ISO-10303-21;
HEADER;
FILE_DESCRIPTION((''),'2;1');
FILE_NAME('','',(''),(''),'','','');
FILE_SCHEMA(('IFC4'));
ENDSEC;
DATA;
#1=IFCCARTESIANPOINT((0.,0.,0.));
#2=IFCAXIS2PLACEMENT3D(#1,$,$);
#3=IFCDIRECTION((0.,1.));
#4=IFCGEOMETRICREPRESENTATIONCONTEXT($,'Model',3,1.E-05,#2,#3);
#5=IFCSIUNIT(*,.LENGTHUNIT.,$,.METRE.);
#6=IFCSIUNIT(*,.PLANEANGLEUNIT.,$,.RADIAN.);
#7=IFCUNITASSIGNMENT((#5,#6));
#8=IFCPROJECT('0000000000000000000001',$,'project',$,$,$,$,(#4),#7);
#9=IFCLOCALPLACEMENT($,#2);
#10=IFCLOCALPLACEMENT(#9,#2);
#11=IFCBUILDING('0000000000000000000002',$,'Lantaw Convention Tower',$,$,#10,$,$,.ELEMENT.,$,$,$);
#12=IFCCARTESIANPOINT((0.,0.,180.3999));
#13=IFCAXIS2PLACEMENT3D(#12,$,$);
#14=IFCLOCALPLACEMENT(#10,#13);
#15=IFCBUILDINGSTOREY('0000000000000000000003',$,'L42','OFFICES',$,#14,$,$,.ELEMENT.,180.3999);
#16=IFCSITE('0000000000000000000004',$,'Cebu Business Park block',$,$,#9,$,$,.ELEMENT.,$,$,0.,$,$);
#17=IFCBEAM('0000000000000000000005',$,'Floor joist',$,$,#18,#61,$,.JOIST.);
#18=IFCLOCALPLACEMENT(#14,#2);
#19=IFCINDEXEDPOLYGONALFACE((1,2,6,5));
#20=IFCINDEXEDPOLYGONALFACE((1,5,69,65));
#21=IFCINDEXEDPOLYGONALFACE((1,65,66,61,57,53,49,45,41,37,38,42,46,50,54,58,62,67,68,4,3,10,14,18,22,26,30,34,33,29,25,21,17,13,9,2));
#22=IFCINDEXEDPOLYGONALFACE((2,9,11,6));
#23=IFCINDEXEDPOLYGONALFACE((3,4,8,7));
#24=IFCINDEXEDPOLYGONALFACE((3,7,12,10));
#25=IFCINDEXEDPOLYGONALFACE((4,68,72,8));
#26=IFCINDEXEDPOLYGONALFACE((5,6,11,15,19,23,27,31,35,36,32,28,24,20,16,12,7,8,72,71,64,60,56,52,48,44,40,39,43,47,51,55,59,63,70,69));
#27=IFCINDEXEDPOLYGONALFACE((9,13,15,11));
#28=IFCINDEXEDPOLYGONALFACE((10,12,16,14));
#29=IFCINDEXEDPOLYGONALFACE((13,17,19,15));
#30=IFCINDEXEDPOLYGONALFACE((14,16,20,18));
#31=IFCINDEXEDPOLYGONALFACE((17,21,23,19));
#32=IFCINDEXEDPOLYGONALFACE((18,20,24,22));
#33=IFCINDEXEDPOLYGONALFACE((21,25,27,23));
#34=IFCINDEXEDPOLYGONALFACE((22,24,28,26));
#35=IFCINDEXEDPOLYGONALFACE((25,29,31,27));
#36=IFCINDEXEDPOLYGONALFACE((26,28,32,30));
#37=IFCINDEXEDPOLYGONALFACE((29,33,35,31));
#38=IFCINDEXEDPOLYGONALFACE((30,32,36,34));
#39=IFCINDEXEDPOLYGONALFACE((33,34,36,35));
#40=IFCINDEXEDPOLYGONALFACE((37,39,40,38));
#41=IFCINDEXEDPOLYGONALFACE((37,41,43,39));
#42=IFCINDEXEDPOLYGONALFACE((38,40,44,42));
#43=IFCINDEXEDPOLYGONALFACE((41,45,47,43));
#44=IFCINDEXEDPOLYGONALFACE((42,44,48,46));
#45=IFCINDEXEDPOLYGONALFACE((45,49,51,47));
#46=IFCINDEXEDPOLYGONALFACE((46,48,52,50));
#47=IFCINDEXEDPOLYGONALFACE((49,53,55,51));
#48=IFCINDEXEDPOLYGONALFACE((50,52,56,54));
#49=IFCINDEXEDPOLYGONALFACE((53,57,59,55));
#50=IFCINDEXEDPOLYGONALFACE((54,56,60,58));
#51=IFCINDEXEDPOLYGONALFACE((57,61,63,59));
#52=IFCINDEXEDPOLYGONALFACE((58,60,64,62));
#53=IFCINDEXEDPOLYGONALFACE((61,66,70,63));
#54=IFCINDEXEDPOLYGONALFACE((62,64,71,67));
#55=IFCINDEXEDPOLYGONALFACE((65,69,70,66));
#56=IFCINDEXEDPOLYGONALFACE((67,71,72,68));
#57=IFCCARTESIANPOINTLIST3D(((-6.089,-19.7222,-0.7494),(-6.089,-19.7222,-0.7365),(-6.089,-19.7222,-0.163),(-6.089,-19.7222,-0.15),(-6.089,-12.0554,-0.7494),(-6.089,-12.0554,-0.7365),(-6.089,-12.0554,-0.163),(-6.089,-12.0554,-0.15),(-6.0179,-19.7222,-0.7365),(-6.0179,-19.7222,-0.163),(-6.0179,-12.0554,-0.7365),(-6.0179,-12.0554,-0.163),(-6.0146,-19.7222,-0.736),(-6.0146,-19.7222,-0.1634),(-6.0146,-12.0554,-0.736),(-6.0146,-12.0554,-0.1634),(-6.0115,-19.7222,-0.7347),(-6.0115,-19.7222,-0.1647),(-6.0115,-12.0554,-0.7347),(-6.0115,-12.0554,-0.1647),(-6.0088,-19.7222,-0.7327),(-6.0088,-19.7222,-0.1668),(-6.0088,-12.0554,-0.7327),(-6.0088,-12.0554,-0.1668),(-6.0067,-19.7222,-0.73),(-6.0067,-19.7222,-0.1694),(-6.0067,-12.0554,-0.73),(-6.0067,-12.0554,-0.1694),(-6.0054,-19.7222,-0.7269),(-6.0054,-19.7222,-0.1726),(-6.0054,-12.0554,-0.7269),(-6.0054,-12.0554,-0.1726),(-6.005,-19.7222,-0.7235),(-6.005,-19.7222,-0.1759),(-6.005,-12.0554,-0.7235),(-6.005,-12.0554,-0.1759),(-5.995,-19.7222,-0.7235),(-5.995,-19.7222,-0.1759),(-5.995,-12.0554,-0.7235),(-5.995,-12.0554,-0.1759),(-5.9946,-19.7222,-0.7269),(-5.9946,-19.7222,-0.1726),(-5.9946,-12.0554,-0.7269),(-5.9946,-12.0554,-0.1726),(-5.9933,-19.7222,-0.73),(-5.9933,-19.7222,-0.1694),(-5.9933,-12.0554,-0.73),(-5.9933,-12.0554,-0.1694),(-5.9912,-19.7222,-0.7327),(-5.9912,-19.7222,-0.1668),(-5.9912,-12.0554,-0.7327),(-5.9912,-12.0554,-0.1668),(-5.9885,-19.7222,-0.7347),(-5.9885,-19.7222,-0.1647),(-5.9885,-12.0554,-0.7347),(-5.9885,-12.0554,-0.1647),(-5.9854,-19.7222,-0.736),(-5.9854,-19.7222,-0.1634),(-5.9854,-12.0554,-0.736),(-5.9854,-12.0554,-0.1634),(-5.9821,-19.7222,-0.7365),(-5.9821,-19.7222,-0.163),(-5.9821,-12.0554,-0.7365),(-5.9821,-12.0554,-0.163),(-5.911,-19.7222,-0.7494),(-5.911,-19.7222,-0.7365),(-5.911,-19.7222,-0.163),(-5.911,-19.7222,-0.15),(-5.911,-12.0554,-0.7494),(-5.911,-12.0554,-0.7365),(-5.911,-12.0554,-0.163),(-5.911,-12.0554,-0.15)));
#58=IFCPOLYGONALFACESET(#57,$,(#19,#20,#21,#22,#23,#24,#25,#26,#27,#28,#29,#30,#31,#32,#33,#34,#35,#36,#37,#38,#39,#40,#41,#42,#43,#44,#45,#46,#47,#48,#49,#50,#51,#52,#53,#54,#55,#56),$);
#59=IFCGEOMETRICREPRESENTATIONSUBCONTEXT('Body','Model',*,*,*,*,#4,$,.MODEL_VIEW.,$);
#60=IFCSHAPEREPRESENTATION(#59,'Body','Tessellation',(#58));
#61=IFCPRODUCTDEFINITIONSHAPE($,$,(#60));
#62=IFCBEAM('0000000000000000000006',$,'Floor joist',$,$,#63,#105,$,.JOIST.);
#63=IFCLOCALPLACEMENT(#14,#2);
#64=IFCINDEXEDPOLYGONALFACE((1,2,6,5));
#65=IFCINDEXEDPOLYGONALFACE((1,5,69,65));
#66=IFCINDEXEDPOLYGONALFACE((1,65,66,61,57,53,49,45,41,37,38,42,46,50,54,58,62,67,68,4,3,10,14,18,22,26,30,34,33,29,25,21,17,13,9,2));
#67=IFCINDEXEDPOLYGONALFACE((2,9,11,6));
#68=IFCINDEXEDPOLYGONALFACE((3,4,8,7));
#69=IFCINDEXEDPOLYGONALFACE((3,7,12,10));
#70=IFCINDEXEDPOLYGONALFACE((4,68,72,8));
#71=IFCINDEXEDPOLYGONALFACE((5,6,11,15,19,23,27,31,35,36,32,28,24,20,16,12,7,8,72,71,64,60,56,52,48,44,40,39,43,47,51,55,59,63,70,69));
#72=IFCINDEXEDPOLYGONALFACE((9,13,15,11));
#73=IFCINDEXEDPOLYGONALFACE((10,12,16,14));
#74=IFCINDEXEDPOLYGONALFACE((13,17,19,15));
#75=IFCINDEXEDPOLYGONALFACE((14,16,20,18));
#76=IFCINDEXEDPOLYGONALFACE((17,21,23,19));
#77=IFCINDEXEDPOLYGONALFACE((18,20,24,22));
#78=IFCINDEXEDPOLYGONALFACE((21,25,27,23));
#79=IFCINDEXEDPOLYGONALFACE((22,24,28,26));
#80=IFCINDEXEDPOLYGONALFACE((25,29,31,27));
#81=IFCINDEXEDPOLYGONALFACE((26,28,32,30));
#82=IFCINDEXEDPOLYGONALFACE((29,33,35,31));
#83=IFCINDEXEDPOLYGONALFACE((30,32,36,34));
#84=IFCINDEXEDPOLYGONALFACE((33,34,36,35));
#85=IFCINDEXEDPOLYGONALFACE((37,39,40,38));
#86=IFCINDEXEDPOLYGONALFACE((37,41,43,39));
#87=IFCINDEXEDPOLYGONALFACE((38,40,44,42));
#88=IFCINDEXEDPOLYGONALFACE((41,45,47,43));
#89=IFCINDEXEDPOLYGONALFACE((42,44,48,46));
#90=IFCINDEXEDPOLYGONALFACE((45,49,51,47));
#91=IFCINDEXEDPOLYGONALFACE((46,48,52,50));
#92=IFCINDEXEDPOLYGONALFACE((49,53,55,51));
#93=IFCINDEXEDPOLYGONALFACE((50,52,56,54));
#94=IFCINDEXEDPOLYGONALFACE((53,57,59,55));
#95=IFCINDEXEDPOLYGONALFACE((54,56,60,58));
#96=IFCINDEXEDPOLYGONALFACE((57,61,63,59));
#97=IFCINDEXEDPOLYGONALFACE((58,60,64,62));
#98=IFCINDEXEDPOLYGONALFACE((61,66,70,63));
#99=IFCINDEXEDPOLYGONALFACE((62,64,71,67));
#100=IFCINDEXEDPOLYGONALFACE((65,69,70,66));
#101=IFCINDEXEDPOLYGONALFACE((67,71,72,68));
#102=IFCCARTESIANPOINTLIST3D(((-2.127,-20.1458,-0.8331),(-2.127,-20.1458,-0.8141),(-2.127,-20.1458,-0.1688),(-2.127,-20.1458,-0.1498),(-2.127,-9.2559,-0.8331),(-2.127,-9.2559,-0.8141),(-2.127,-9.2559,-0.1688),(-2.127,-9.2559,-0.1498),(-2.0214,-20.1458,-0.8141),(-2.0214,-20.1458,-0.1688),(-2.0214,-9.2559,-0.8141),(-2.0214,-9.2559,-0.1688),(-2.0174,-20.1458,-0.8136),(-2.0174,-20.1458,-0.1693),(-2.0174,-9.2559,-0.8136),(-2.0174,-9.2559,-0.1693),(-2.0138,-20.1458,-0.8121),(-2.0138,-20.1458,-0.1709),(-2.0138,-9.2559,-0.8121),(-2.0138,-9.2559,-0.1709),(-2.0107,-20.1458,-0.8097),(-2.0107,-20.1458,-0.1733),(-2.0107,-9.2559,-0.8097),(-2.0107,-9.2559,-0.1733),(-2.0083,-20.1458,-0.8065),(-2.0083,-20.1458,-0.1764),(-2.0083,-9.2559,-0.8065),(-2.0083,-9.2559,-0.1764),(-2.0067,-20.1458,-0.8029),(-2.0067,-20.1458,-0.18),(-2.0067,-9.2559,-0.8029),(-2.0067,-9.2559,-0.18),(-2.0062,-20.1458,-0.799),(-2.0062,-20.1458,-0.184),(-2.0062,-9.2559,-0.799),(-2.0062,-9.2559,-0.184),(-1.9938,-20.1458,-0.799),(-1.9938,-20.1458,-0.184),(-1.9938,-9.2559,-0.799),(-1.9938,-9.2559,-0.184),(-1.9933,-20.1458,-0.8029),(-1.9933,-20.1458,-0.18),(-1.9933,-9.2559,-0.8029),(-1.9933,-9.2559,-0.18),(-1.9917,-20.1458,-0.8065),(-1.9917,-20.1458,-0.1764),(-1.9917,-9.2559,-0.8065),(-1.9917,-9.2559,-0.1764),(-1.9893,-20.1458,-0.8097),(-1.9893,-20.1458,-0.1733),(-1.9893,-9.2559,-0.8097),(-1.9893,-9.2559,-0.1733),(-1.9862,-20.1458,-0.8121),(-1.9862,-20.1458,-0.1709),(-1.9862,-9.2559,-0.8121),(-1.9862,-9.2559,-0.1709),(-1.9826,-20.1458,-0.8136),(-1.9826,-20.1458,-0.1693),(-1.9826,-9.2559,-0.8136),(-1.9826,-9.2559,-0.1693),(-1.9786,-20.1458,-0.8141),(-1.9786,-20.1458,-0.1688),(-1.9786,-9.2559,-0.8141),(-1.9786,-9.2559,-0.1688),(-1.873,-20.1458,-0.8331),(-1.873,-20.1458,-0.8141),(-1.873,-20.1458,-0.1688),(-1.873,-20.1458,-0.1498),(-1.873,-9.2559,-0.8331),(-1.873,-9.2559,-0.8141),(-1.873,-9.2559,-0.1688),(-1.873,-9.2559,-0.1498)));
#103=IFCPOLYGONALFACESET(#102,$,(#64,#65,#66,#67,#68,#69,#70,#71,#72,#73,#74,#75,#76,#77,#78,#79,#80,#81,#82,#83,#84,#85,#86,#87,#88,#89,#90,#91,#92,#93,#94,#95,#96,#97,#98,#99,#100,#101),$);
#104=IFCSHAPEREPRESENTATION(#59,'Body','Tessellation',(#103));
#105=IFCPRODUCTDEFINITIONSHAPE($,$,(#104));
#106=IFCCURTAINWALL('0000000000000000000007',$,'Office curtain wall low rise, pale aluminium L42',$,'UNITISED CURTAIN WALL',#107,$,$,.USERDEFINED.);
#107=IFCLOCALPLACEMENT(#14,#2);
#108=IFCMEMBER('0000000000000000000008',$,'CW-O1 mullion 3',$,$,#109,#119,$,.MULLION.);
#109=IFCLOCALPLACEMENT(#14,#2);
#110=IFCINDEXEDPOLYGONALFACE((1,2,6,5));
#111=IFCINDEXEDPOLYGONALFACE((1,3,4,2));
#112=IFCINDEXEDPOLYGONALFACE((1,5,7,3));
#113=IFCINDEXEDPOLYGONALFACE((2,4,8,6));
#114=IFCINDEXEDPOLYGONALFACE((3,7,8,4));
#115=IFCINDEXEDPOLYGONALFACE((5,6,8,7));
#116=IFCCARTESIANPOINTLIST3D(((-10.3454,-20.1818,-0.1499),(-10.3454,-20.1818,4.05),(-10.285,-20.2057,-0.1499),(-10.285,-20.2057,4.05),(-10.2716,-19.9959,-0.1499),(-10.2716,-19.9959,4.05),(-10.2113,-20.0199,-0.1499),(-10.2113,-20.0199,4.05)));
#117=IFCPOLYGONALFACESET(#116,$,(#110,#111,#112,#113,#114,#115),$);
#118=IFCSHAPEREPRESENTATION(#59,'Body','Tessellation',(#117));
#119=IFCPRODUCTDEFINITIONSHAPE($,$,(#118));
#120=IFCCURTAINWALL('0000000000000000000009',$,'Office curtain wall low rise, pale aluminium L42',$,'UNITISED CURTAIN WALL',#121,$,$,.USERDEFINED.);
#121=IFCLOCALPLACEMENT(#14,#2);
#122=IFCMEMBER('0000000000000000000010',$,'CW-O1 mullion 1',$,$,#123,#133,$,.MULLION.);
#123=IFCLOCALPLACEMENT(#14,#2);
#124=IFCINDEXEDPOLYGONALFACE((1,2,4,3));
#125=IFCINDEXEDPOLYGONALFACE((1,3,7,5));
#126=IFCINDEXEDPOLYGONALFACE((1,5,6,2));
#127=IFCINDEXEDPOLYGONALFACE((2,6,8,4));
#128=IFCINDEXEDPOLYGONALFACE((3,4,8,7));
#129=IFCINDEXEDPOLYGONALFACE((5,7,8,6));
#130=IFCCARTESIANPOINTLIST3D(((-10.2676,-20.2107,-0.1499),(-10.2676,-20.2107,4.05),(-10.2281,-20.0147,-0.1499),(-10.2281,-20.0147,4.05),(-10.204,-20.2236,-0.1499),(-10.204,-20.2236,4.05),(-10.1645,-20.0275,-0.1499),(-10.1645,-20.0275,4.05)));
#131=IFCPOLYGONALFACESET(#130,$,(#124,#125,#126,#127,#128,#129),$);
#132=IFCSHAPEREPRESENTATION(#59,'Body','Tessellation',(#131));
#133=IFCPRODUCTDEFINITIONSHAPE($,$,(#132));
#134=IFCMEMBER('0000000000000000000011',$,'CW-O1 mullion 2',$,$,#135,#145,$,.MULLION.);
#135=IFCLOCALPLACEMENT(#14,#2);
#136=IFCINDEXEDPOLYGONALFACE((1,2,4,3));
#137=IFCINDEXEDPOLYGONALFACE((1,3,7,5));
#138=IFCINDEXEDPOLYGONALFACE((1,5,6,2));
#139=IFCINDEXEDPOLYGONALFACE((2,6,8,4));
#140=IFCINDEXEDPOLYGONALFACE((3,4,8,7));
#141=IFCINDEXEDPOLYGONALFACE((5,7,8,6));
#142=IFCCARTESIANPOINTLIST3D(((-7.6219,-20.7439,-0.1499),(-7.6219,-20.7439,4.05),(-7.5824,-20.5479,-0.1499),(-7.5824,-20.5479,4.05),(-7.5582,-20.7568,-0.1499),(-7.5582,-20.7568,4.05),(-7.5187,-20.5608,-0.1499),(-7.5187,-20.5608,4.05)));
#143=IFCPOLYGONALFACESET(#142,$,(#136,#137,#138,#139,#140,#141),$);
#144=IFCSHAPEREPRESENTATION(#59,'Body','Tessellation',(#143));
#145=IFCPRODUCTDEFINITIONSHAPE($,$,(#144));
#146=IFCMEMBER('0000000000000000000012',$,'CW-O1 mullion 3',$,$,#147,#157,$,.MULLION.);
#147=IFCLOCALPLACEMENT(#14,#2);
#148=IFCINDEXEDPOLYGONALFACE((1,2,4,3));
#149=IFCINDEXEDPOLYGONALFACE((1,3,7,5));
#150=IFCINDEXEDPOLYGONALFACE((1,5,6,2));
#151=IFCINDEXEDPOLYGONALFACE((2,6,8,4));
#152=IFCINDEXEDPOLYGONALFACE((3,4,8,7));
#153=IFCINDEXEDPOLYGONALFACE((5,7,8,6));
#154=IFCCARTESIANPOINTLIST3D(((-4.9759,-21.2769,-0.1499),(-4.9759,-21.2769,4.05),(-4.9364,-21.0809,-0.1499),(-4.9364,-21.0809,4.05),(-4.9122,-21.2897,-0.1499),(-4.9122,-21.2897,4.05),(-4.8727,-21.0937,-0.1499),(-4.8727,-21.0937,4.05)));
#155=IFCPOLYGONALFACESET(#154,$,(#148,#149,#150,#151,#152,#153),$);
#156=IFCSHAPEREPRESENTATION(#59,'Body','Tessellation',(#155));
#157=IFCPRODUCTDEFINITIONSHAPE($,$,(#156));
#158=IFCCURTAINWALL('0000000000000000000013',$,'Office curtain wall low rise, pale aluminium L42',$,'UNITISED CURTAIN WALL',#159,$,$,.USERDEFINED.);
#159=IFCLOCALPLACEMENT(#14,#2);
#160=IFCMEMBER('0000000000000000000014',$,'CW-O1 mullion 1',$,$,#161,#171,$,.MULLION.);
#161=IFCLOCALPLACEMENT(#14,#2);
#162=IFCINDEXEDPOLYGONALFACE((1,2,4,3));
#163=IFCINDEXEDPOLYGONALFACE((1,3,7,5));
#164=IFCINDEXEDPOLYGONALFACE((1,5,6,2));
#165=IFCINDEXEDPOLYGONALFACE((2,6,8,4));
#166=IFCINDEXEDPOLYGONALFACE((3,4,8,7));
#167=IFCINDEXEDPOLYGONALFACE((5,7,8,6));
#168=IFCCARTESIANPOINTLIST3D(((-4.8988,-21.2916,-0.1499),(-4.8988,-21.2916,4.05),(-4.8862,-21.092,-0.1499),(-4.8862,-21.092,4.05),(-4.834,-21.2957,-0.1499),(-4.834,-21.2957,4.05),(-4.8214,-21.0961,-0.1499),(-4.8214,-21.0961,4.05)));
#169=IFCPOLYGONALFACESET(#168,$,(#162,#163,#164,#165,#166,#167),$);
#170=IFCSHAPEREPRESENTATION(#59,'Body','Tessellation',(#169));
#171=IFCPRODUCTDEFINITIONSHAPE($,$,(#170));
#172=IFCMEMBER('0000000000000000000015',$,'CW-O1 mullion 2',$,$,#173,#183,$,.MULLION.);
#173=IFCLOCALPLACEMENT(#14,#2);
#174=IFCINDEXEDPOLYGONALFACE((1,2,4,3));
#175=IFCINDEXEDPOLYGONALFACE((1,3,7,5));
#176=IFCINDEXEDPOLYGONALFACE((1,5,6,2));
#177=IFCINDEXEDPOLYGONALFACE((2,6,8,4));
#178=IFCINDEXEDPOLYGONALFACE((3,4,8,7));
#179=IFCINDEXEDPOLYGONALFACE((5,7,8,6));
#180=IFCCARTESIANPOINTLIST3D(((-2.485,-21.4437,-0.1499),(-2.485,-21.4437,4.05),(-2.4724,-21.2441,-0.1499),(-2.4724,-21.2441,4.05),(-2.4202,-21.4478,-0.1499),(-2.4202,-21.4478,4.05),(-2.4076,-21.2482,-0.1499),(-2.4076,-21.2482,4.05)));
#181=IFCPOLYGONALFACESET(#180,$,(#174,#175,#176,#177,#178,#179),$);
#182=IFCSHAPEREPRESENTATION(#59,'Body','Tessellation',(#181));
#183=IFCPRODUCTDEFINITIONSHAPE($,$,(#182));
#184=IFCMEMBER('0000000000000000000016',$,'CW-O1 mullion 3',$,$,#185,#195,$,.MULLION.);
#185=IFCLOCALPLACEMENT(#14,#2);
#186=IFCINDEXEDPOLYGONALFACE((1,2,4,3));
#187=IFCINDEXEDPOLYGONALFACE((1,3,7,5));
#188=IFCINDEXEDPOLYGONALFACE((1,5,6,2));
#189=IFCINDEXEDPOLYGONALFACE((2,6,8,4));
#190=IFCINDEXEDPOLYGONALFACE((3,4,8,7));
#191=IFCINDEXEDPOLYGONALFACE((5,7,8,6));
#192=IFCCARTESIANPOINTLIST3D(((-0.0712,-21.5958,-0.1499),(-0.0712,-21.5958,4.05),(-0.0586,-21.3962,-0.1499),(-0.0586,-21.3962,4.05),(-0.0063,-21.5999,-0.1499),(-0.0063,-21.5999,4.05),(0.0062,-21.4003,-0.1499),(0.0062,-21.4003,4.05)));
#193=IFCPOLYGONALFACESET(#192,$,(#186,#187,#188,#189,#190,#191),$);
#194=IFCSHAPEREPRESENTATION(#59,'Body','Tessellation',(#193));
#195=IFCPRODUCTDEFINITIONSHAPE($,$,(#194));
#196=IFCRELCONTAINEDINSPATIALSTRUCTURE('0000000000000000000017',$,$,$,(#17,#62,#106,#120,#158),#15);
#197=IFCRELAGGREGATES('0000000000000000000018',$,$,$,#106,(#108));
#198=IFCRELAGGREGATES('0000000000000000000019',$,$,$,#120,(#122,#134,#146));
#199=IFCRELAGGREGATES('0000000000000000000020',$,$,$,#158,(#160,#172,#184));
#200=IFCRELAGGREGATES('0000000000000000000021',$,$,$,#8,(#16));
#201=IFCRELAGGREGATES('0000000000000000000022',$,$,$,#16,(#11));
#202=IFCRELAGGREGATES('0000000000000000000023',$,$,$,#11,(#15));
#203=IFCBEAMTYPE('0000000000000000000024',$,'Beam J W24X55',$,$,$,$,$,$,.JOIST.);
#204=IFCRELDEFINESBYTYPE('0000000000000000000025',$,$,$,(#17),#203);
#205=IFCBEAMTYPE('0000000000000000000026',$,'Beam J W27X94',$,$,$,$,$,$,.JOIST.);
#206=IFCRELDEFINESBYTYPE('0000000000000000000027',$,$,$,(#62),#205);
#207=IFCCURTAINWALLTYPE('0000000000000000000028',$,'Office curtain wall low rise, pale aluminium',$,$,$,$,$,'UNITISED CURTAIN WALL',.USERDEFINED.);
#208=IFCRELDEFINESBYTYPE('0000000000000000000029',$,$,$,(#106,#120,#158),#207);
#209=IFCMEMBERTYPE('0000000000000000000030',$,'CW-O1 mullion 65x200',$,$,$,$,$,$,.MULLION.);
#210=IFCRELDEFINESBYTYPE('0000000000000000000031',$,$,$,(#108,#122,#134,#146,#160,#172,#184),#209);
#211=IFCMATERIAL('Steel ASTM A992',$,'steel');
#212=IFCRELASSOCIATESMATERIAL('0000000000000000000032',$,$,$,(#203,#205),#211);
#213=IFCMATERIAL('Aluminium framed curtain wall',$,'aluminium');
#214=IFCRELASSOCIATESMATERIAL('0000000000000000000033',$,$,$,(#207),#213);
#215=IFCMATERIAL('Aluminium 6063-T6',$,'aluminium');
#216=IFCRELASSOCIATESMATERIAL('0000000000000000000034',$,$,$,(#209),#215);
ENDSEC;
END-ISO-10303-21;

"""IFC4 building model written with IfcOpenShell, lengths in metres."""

from ifc_helpers import new_model, si_unit, direction, frame, origin, origin_2d, place, context, subcontext, project, spatial, rectangle, i_section, extrude, material, material_profile, profile_set, type_object, element, aggregate, save


model = new_model("IFC4")

# Units and contexts
model_context = context("Model", 3, precision=1e-05, world=origin(), true_north=direction((0.0, 1.0)))
body_context = subcontext(model_context, "Body", "Model", "MODEL_VIEW")
ifc_project = project(units=[si_unit("LENGTHUNIT", "METRE"), si_unit("PLANEANGLEUNIT", "RADIAN")], contexts=[model_context])

# Site, building, storey
site_placement = place(None, origin())
site = spatial("IfcSite", under=ifc_project, at=site_placement, Name="Cebu Business Park block", CompositionType="ELEMENT", RefElevation=0.0)
building_placement = place(site_placement, origin())
building = spatial("IfcBuilding", under=site, at=building_placement, Name="Lantaw Convention Tower", CompositionType="ELEMENT")
storey_placement = place(building_placement, frame((0.0, 0.0, 180.3999)))
storey = spatial("IfcBuildingStorey", under=building, at=storey_placement, Name="L42", Description="OFFICES", CompositionType="ELEMENT", Elevation=180.3999)

# Beams
ifc_material_1 = material(Name="Steel ASTM A992", Category="steel")
ifc_material_profile_1 = material_profile(ifc_material_1, i_section(OverallWidth=0.178, OverallDepth=0.5994, WebThickness=0.01, FlangeThickness=0.0129, FilletRadius=0.0129, at=origin_2d()), Name="W24X55")
ifc_profile_set_1 = profile_set([ifc_material_profile_1], Name="Steel ASTM A992")
beam_type_1 = type_object("IfcBeamType", Name="Beam J W24X55", PredefinedType="JOIST", material=ifc_profile_set_1)
beam_1_placement = place(storey_placement, frame((-6.0, -19.7222, -0.4497), z_axis=(0.0, 1.0, 0.0), x_axis=(-1.0, 0.0, 0.0)))
element("IfcBeam", 1, at=beam_1_placement, inside=storey, type_object=beam_type_1, Name="Floor joist", PredefinedType="JOIST", context=body_context, shape_type="SweptSolid", body=[
    extrude(i_section(OverallWidth=0.178, OverallDepth=0.5994, WebThickness=0.01, FlangeThickness=0.0129, FilletRadius=0.0129, at=origin_2d()), origin(), (0.0, 0.0, 1.0), 7.6667),
])
ifc_material_profile_2 = material_profile(ifc_material_1, i_section(OverallWidth=0.2539, OverallDepth=0.6833, WebThickness=0.0125, FlangeThickness=0.019, FilletRadius=0.0151, at=origin_2d()), Name="W27X94")
ifc_profile_set_2 = profile_set([ifc_material_profile_2], Name="Steel ASTM A992")
beam_type_2 = type_object("IfcBeamType", Name="Beam J W27X94", PredefinedType="JOIST", material=ifc_profile_set_2)
beam_2_placement = place(storey_placement, frame((-2.0, -20.1458, -0.4915), z_axis=(0.0, 1.0, 0.0), x_axis=(-1.0, 0.0, 0.0)))
element("IfcBeam", 2, at=beam_2_placement, inside=storey, type_object=beam_type_2, Name="Floor joist", PredefinedType="JOIST", context=body_context, shape_type="SweptSolid", body=[
    extrude(i_section(OverallWidth=0.2539, OverallDepth=0.6833, WebThickness=0.0125, FlangeThickness=0.019, FilletRadius=0.0151, at=origin_2d()), origin(), (0.0, 0.0, 1.0), 10.8899),
])

# Curtain wall, member
ifc_material_2 = material(Name="Aluminium framed curtain wall", Category="aluminium")
curtain_wall_type = type_object("IfcCurtainWallType", Name="Office curtain wall low rise, pale aluminium", ElementType="UNITISED CURTAIN WALL", PredefinedType="USERDEFINED", material=ifc_material_2)
curtain_wall_1_placement = place(storey_placement, origin())
curtain_wall_1 = element("IfcCurtainWall", 3, at=curtain_wall_1_placement, inside=storey, type_object=curtain_wall_type, Name="Office curtain wall low rise, pale aluminium L42", ObjectType="UNITISED CURTAIN WALL", PredefinedType="USERDEFINED")
ifc_material_3 = material(Name="Aluminium 6063-T6", Category="aluminium")
ifc_material_profile_3 = material_profile(ifc_material_3, rectangle(XDim=0.2, YDim=0.0649, at=origin_2d()), Name="CW-O1 mullion 65x200")
ifc_profile_set_3 = profile_set([ifc_material_profile_3], Name="Aluminium 6063-T6")
member_type_1 = type_object("IfcMemberType", Name="CW-O1 mullion 65x200", PredefinedType="MULLION", material=ifc_profile_set_3)
member_1_placement = place(storey_placement, frame((-10.2783, -20.1008, -0.1499), z_axis=(0.0, 0.0, 1.0), x_axis=(0.368702, 0.929548, 0.0)))
member_1 = element("IfcMember", 4, at=member_1_placement, type_object=member_type_1, Name="CW-O1 mullion 3", PredefinedType="MULLION", context=body_context, shape_type="SweptSolid", body=[
    extrude(rectangle(XDim=0.2, YDim=0.0649, at=origin_2d()), origin(), (0.0, 0.0, 1.0), 4.2),
])

# Curtain walls, members
curtain_wall_2_placement = place(storey_placement, origin())
curtain_wall_2 = element("IfcCurtainWall", 5, at=curtain_wall_2_placement, inside=storey, type_object=curtain_wall_type, Name="Office curtain wall low rise, pale aluminium L42", ObjectType="UNITISED CURTAIN WALL", PredefinedType="USERDEFINED")
member_2_placement = place(storey_placement, frame((-10.2161, -20.1191, -0.1499), z_axis=(0.0, 0.0, 1.0), x_axis=(0.197507, 0.980302, 0.0)))
member_2 = element("IfcMember", 6, at=member_2_placement, type_object=member_type_1, Name="CW-O1 mullion 1", PredefinedType="MULLION", context=body_context, shape_type="SweptSolid", body=[
    extrude(rectangle(XDim=0.2, YDim=0.0649, at=origin_2d()), origin(), (0.0, 0.0, 1.0), 4.2),
])
member_3_placement = place(storey_placement, frame((-7.5703, -20.6523, -0.1499), z_axis=(0.0, 0.0, 1.0), x_axis=(0.197507, 0.980302, 0.0)))
member_3 = element("IfcMember", 7, at=member_3_placement, type_object=member_type_1, Name="CW-O1 mullion 2", PredefinedType="MULLION", context=body_context, shape_type="SweptSolid", body=[
    extrude(rectangle(XDim=0.2, YDim=0.0649, at=origin_2d()), origin(), (0.0, 0.0, 1.0), 4.2),
])
member_4_placement = place(storey_placement, frame((-4.9243, -21.1853, -0.1499), z_axis=(0.0, 0.0, 1.0), x_axis=(0.197507, 0.980302, 0.0)))
member_4 = element("IfcMember", 8, at=member_4_placement, type_object=member_type_1, Name="CW-O1 mullion 3", PredefinedType="MULLION", context=body_context, shape_type="SweptSolid", body=[
    extrude(rectangle(XDim=0.2, YDim=0.0649, at=origin_2d()), origin(), (0.0, 0.0, 1.0), 4.2),
])
curtain_wall_3_placement = place(storey_placement, origin())
curtain_wall_3 = element("IfcCurtainWall", 9, at=curtain_wall_3_placement, inside=storey, type_object=curtain_wall_type, Name="Office curtain wall low rise, pale aluminium L42", ObjectType="UNITISED CURTAIN WALL", PredefinedType="USERDEFINED")
member_5_placement = place(storey_placement, frame((-4.8601, -21.1938, -0.1499), z_axis=(0.0, 0.0, 1.0), x_axis=(0.062865, 0.998022, 0.0)))
member_5 = element("IfcMember", 10, at=member_5_placement, type_object=member_type_1, Name="CW-O1 mullion 1", PredefinedType="MULLION", context=body_context, shape_type="SweptSolid", body=[
    extrude(rectangle(XDim=0.2, YDim=0.0649, at=origin_2d()), origin(), (0.0, 0.0, 1.0), 4.2),
])
member_6_placement = place(storey_placement, frame((-2.4463, -21.3459, -0.1499), z_axis=(0.0, 0.0, 1.0), x_axis=(0.062865, 0.998022, 0.0)))
member_6 = element("IfcMember", 11, at=member_6_placement, type_object=member_type_1, Name="CW-O1 mullion 2", PredefinedType="MULLION", context=body_context, shape_type="SweptSolid", body=[
    extrude(rectangle(XDim=0.2, YDim=0.0649, at=origin_2d()), origin(), (0.0, 0.0, 1.0), 4.2),
])
member_7_placement = place(storey_placement, frame((-0.0325, -21.498, -0.1499), z_axis=(0.0, 0.0, 1.0), x_axis=(0.062865, 0.998022, 0.0)))
member_7 = element("IfcMember", 12, at=member_7_placement, type_object=member_type_1, Name="CW-O1 mullion 3", PredefinedType="MULLION", context=body_context, shape_type="SweptSolid", body=[
    extrude(rectangle(XDim=0.2, YDim=0.0649, at=origin_2d()), origin(), (0.0, 0.0, 1.0), 4.2),
])

aggregate(curtain_wall_1, [member_1])
aggregate(curtain_wall_2, [member_2, member_3, member_4])
aggregate(curtain_wall_3, [member_5, member_6, member_7])

save(model, "model.ifc")
